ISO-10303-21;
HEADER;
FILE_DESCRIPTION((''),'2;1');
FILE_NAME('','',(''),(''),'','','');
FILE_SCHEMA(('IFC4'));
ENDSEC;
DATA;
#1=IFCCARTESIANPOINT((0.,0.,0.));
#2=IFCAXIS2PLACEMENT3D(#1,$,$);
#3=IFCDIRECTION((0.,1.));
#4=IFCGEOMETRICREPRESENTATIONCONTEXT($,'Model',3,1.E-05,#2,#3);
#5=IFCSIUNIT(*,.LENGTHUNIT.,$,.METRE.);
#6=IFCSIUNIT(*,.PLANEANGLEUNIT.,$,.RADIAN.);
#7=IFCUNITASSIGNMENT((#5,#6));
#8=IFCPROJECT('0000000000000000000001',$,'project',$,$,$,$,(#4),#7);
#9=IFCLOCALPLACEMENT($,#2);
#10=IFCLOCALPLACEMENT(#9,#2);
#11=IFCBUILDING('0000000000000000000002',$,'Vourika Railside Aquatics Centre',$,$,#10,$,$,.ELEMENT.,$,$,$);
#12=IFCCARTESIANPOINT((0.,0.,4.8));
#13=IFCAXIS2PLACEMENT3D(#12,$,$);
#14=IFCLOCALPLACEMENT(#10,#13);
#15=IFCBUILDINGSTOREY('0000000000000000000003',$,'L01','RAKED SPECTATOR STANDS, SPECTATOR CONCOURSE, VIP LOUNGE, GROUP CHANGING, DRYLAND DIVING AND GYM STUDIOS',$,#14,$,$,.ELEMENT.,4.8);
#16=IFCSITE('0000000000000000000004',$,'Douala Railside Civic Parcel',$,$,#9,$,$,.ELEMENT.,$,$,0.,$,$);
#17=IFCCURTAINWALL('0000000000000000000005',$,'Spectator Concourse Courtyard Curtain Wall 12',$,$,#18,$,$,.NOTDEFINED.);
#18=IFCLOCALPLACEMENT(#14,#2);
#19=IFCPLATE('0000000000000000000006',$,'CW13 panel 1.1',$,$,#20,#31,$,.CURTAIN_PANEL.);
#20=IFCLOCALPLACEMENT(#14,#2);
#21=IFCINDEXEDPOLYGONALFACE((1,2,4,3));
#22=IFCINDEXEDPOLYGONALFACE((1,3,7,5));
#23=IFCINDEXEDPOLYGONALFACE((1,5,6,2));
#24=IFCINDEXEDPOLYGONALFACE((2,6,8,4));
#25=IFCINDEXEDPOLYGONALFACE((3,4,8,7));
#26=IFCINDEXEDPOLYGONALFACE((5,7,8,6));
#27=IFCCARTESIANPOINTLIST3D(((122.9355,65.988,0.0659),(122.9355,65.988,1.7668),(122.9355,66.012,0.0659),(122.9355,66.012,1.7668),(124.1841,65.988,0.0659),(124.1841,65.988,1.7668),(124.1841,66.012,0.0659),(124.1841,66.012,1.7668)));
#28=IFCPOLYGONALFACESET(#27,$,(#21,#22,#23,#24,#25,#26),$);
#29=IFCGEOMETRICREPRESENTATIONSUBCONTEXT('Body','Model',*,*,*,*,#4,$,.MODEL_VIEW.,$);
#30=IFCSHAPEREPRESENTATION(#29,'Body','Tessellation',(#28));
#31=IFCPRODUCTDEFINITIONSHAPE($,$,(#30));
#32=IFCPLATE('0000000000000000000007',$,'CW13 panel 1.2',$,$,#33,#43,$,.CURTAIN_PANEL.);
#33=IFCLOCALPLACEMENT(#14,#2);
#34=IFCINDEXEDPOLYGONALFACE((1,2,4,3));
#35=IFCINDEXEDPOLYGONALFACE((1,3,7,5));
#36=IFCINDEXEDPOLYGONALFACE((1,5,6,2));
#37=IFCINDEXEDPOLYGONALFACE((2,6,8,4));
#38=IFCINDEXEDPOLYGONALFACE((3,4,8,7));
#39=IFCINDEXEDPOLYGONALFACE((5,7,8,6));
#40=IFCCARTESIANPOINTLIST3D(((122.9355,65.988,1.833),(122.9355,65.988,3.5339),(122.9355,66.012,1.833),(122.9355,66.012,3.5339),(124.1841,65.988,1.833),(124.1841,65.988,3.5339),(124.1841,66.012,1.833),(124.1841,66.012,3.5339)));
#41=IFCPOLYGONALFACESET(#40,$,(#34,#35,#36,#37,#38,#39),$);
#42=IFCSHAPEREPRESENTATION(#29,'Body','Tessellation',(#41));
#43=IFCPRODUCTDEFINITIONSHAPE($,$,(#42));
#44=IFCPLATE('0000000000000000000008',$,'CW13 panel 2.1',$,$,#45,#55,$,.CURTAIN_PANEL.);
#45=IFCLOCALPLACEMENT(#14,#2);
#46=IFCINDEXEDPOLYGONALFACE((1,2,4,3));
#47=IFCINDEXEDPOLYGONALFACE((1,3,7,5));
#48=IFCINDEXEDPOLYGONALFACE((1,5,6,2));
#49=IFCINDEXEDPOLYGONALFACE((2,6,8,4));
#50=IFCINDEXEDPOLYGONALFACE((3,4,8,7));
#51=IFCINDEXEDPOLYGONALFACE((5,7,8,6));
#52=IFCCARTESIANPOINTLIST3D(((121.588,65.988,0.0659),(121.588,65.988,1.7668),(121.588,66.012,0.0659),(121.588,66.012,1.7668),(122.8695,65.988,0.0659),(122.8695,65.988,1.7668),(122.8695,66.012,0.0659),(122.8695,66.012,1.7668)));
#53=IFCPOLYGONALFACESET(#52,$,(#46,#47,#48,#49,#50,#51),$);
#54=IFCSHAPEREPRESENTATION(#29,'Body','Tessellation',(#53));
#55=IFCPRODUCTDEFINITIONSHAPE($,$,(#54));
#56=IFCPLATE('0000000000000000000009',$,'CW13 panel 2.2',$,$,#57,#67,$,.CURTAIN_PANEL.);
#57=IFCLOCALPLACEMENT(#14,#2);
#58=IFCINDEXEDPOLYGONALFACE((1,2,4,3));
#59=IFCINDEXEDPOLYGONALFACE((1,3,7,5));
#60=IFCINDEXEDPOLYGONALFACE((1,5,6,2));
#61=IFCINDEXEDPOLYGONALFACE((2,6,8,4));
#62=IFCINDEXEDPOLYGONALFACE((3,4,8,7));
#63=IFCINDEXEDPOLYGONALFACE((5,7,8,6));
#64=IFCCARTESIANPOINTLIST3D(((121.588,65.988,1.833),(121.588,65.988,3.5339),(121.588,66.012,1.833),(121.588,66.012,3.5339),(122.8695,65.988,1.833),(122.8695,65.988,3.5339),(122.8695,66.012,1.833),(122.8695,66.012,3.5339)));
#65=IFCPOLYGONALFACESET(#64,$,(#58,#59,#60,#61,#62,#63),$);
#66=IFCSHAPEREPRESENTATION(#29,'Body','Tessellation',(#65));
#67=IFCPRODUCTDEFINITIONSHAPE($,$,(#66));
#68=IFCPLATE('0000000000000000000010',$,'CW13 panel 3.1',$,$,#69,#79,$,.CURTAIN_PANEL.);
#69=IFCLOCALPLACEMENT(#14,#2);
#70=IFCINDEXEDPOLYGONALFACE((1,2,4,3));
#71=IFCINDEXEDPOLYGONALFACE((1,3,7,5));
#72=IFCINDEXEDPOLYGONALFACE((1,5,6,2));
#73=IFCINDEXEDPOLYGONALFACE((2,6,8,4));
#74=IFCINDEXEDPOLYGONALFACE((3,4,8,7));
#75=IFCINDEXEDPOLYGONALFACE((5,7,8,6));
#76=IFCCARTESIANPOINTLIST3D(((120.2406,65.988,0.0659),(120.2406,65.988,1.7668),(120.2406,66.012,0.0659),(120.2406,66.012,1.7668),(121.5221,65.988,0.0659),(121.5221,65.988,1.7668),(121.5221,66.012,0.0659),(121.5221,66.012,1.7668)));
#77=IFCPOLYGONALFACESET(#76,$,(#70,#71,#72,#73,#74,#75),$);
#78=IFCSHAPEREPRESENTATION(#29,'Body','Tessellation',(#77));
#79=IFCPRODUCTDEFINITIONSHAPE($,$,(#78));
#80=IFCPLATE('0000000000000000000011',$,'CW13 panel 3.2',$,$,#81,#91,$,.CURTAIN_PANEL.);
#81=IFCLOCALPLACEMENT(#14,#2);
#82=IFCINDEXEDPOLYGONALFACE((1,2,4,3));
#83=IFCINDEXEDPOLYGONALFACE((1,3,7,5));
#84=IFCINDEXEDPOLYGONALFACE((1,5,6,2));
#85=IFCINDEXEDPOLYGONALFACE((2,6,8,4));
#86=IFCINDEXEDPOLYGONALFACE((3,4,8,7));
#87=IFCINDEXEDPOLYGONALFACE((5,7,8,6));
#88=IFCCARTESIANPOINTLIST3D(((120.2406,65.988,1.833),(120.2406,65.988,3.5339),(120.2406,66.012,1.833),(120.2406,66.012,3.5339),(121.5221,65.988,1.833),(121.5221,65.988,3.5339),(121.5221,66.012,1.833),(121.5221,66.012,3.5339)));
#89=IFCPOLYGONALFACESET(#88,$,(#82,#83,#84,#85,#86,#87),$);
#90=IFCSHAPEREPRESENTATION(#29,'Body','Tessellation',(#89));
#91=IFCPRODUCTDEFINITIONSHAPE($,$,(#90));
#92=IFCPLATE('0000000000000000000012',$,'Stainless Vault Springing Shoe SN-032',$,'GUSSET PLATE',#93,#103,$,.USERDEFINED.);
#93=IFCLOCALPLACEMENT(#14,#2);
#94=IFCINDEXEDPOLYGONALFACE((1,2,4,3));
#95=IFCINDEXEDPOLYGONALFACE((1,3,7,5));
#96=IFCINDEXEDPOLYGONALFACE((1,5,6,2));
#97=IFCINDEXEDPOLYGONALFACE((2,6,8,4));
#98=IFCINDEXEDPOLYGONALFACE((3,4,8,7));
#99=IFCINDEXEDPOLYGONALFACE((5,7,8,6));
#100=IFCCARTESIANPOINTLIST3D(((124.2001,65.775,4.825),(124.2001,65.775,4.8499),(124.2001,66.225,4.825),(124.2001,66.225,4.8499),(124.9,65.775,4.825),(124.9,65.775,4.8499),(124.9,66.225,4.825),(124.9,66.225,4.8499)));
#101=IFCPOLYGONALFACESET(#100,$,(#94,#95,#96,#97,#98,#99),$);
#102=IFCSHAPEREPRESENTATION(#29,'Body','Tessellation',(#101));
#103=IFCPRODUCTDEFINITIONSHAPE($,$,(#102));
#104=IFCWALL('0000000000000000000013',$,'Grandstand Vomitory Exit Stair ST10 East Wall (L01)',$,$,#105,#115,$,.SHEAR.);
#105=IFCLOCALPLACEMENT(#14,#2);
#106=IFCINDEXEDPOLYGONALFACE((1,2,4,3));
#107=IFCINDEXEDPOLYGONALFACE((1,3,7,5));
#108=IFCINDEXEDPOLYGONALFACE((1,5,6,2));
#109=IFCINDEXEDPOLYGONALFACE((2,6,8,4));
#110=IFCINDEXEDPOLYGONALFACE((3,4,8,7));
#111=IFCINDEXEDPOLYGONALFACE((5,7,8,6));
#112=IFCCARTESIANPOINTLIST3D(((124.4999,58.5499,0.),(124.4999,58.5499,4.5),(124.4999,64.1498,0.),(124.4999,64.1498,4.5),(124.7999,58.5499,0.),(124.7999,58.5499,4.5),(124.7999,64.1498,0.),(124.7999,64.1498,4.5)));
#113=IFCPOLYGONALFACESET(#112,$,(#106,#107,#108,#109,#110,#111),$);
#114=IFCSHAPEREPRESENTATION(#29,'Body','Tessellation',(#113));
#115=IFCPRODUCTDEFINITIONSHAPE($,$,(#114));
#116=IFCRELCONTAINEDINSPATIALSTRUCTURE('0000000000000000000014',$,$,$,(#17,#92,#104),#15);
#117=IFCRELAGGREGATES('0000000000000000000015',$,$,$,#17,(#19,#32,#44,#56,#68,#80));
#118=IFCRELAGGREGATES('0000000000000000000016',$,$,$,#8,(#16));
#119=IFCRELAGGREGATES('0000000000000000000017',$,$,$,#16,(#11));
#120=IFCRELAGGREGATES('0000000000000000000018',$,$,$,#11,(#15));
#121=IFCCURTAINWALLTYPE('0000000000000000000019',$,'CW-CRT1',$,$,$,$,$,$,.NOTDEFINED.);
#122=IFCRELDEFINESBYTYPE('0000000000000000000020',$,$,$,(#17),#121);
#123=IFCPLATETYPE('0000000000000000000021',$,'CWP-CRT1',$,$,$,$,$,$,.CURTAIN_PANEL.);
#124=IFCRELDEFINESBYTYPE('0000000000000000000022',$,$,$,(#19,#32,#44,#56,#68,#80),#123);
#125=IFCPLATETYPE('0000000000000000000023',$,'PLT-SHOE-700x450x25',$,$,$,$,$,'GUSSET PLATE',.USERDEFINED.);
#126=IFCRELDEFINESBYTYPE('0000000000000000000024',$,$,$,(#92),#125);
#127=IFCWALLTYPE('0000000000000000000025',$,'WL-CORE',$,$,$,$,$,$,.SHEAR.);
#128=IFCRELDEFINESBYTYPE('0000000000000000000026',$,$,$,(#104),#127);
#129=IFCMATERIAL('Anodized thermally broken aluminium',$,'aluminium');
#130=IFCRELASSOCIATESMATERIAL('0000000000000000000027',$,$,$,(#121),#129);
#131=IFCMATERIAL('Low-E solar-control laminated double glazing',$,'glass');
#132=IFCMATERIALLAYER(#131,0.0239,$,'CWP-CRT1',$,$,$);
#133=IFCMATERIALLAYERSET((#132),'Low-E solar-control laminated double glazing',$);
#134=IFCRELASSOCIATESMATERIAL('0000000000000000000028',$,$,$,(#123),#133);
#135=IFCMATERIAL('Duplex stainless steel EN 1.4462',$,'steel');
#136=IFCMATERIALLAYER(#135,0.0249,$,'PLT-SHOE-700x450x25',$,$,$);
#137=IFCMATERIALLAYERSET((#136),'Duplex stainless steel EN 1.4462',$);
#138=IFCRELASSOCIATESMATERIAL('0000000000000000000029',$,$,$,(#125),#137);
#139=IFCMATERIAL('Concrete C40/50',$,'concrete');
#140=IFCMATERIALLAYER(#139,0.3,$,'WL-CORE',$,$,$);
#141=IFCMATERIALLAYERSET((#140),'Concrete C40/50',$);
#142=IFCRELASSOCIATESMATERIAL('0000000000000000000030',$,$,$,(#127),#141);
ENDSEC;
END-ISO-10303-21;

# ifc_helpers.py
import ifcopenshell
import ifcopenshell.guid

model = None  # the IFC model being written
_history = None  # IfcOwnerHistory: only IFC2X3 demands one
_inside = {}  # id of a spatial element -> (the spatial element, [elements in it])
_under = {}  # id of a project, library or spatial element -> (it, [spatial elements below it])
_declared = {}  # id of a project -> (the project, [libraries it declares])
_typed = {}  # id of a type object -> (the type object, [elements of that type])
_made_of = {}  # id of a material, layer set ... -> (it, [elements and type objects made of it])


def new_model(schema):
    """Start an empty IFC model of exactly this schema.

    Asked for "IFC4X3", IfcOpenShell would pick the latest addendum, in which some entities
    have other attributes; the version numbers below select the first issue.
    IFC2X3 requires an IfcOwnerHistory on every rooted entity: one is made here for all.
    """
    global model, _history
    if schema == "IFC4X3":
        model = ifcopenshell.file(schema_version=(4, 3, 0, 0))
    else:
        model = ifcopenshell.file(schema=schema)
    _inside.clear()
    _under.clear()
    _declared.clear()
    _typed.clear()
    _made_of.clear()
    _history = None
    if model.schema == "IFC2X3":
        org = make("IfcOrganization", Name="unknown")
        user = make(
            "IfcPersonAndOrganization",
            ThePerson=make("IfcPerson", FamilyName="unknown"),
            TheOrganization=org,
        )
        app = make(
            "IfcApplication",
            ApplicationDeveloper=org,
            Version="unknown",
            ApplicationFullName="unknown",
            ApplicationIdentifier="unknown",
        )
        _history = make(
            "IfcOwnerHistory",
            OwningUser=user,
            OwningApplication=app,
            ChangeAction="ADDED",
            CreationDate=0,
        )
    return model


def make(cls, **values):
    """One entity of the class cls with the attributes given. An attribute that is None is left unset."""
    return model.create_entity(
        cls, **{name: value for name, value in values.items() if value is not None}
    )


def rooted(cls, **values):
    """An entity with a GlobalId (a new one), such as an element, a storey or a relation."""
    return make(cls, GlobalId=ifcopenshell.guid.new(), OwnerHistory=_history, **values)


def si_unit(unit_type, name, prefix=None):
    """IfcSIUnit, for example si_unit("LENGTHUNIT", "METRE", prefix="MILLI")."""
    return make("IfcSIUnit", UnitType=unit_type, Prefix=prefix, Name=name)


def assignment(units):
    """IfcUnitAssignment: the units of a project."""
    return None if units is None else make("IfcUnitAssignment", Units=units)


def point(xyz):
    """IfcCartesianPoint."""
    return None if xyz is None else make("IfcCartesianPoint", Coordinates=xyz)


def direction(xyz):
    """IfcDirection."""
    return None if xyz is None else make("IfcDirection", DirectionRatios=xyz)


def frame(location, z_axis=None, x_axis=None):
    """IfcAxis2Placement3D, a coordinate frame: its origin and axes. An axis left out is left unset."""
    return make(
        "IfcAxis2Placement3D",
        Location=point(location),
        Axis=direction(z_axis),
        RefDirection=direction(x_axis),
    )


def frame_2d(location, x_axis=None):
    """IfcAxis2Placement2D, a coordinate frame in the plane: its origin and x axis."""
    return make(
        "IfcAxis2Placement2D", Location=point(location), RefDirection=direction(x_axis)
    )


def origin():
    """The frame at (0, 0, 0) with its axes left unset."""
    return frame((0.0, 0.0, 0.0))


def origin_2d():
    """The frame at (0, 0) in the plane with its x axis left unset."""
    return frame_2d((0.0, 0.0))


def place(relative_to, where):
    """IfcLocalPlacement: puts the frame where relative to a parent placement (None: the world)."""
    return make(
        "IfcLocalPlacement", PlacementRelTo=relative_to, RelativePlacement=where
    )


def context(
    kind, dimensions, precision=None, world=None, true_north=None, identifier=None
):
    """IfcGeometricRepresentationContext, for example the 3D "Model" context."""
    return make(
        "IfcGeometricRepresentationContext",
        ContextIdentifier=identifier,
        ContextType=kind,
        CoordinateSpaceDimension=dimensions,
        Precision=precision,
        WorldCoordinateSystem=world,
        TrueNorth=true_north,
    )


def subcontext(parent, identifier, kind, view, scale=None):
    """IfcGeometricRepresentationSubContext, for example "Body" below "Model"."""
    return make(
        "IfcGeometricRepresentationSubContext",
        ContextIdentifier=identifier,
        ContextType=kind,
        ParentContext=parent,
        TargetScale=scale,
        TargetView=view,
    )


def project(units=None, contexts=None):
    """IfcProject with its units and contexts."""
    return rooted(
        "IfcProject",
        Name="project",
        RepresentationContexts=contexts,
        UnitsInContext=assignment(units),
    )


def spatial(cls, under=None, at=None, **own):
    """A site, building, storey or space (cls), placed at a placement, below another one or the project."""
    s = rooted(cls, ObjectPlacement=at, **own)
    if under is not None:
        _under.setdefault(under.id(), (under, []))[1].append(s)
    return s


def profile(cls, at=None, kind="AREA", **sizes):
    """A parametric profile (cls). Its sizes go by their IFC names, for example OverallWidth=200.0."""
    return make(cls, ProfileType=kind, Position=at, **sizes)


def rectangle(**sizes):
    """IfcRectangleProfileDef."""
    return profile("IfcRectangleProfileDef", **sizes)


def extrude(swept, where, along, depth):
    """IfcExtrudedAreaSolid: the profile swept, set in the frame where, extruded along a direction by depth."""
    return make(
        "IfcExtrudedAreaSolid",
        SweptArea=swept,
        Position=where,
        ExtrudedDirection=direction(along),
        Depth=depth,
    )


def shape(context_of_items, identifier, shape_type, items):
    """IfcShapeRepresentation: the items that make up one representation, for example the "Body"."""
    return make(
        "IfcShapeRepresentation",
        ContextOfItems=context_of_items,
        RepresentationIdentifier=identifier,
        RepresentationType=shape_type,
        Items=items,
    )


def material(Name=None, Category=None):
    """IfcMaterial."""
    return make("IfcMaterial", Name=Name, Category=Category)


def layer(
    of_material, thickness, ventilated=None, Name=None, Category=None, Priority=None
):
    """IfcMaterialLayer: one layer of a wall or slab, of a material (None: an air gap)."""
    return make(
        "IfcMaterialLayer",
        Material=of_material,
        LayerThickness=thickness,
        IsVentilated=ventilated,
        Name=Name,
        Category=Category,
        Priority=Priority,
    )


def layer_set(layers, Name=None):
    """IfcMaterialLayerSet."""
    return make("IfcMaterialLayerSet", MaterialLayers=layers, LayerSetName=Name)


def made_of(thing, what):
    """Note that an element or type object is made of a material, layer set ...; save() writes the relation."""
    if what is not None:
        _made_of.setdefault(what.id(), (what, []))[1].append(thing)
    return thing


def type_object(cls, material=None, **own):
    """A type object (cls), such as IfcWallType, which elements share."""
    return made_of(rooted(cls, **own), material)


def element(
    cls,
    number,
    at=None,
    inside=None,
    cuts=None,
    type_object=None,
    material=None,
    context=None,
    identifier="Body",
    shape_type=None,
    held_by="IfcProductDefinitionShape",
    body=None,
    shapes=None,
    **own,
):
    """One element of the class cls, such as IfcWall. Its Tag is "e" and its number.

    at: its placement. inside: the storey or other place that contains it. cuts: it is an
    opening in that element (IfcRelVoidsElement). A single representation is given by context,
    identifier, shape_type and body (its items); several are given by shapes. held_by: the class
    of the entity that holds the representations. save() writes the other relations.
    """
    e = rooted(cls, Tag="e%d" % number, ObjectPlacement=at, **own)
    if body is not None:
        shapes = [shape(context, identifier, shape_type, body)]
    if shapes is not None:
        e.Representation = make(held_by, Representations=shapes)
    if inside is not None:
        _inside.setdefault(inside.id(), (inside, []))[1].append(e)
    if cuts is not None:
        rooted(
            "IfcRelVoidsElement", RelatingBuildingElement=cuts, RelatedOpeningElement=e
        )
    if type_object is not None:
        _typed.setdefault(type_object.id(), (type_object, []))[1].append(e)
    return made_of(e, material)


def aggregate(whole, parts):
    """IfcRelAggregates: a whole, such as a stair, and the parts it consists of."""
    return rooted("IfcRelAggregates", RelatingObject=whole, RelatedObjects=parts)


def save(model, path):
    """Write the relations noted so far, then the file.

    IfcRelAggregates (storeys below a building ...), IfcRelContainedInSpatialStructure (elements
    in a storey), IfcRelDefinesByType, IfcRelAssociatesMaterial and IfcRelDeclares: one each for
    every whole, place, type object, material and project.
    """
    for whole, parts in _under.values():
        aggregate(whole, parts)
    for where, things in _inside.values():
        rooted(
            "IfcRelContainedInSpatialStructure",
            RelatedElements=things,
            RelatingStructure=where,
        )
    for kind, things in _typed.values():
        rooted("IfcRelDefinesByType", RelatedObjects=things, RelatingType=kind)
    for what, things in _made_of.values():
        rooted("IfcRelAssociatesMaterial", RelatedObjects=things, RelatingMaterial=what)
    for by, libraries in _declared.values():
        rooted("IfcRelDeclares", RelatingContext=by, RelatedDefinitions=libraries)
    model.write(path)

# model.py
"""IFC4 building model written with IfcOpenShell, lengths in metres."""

from ifc_helpers import new_model, si_unit, direction, frame, frame_2d, origin, origin_2d, place, context, subcontext, project, spatial, rectangle, extrude, material, layer, layer_set, type_object, element, aggregate, save


model = new_model("IFC4")

# Units and contexts
model_context = context("Model", 3, precision=1e-05, world=origin(), true_north=direction((0.0, 1.0)))
body_context = subcontext(model_context, "Body", "Model", "MODEL_VIEW")
ifc_project = project(units=[si_unit("LENGTHUNIT", "METRE"), si_unit("PLANEANGLEUNIT", "RADIAN")], contexts=[model_context])

# Site, building, storey
site_placement = place(None, origin())
site = spatial("IfcSite", under=ifc_project, at=site_placement, Name="Douala Railside Civic Parcel", CompositionType="ELEMENT", RefElevation=0.0)
building_placement = place(site_placement, origin())
building = spatial("IfcBuilding", under=site, at=building_placement, Name="Vourika Railside Aquatics Centre", CompositionType="ELEMENT")
storey_placement = place(building_placement, frame((0.0, 0.0, 4.8)))
storey = spatial("IfcBuildingStorey", under=building, at=storey_placement, Name="L01", Description="RAKED SPECTATOR STANDS, SPECTATOR CONCOURSE, VIP LOUNGE, GROUP CHANGING, DRYLAND DIVING AND GYM STUDIOS", CompositionType="ELEMENT", Elevation=4.8)

# Curtain wall, plates
ifc_material_1 = material(Name="Anodized thermally broken aluminium", Category="aluminium")
curtain_wall_type = type_object("IfcCurtainWallType", Name="CW-CRT1", PredefinedType="NOTDEFINED", material=ifc_material_1)
curtain_wall_placement = place(storey_placement, origin())
curtain_wall = element("IfcCurtainWall", 1, at=curtain_wall_placement, inside=storey, type_object=curtain_wall_type, Name="Spectator Concourse Courtyard Curtain Wall 12", PredefinedType="NOTDEFINED")
ifc_material_2 = material(Name="Low-E solar-control laminated double glazing", Category="glass")
ifc_layer_1 = layer(ifc_material_2, 0.0239, Name="CWP-CRT1")
ifc_layer_set_1 = layer_set([ifc_layer_1], Name="Low-E solar-control laminated double glazing")
plate_type_1 = type_object("IfcPlateType", Name="CWP-CRT1", PredefinedType="CURTAIN_PANEL", material=ifc_layer_set_1)
plate_1_placement = place(storey_placement, frame((123.5598, 66.0, 0.0659), z_axis=(0.0, 0.0, 1.0), x_axis=(-1.0, 0.0, 0.0)))
plate_1 = element("IfcPlate", 2, at=plate_1_placement, type_object=plate_type_1, Name="CW13 panel 1.1", PredefinedType="CURTAIN_PANEL", context=body_context, shape_type="SweptSolid", body=[
    extrude(rectangle(XDim=1.2485, YDim=0.0239, at=origin_2d()), origin(), (0.0, 0.0, 1.0), 1.7009),
])
plate_2_placement = place(storey_placement, frame((123.5598, 66.0, 1.833), z_axis=(0.0, 0.0, 1.0), x_axis=(-1.0, 0.0, 0.0)))
plate_2 = element("IfcPlate", 3, at=plate_2_placement, type_object=plate_type_1, Name="CW13 panel 1.2", PredefinedType="CURTAIN_PANEL", context=body_context, shape_type="SweptSolid", body=[
    extrude(rectangle(XDim=1.2485, YDim=0.0239, at=origin_2d()), origin(), (0.0, 0.0, 1.0), 1.7009),
])
plate_3_placement = place(storey_placement, frame((122.2288, 66.0, 0.0659), z_axis=(0.0, 0.0, 1.0), x_axis=(-1.0, 0.0, 0.0)))
plate_3 = element("IfcPlate", 4, at=plate_3_placement, type_object=plate_type_1, Name="CW13 panel 2.1", PredefinedType="CURTAIN_PANEL", context=body_context, shape_type="SweptSolid", body=[
    extrude(rectangle(XDim=1.2815, YDim=0.0239, at=origin_2d()), origin(), (0.0, 0.0, 1.0), 1.7009),
])
plate_4_placement = place(storey_placement, frame((122.2288, 66.0, 1.833), z_axis=(0.0, 0.0, 1.0), x_axis=(-1.0, 0.0, 0.0)))
plate_4 = element("IfcPlate", 5, at=plate_4_placement, type_object=plate_type_1, Name="CW13 panel 2.2", PredefinedType="CURTAIN_PANEL", context=body_context, shape_type="SweptSolid", body=[
    extrude(rectangle(XDim=1.2815, YDim=0.0239, at=origin_2d()), origin(), (0.0, 0.0, 1.0), 1.7009),
])
plate_5_placement = place(storey_placement, frame((120.8813, 66.0, 0.0659), z_axis=(0.0, 0.0, 1.0), x_axis=(-1.0, 0.0, 0.0)))
plate_5 = element("IfcPlate", 6, at=plate_5_placement, type_object=plate_type_1, Name="CW13 panel 3.1", PredefinedType="CURTAIN_PANEL", context=body_context, shape_type="SweptSolid", body=[
    extrude(rectangle(XDim=1.2815, YDim=0.0239, at=origin_2d()), origin(), (0.0, 0.0, 1.0), 1.7009),
])
plate_6_placement = place(storey_placement, frame((120.8813, 66.0, 1.833), z_axis=(0.0, 0.0, 1.0), x_axis=(-1.0, 0.0, 0.0)))
plate_6 = element("IfcPlate", 7, at=plate_6_placement, type_object=plate_type_1, Name="CW13 panel 3.2", PredefinedType="CURTAIN_PANEL", context=body_context, shape_type="SweptSolid", body=[
    extrude(rectangle(XDim=1.2815, YDim=0.0239, at=origin_2d()), origin(), (0.0, 0.0, 1.0), 1.7009),
])
aggregate(curtain_wall, [plate_1, plate_2, plate_3, plate_4, plate_5, plate_6])

# Plate
ifc_material_3 = material(Name="Duplex stainless steel EN 1.4462", Category="steel")
ifc_layer_2 = layer(ifc_material_3, 0.0249, Name="PLT-SHOE-700x450x25")
ifc_layer_set_2 = layer_set([ifc_layer_2], Name="Duplex stainless steel EN 1.4462")
plate_type_2 = type_object("IfcPlateType", Name="PLT-SHOE-700x450x25", ElementType="GUSSET PLATE", PredefinedType="USERDEFINED", material=ifc_layer_set_2)
plate_7_placement = place(storey_placement, frame((124.55, 66.0, 4.825), z_axis=(0.0, 0.0, 1.0), x_axis=(1.0, 0.0, 0.0)))
element("IfcPlate", 8, at=plate_7_placement, inside=storey, type_object=plate_type_2, Name="Stainless Vault Springing Shoe SN-032", ObjectType="GUSSET PLATE", PredefinedType="USERDEFINED", context=body_context, shape_type="SweptSolid", body=[
    extrude(rectangle(XDim=0.7, YDim=0.45, at=origin_2d()), origin(), (0.0, 0.0, 1.0), 0.0249),
])

# Wall
ifc_material_4 = material(Name="Concrete C40/50", Category="concrete")
ifc_layer_3 = layer(ifc_material_4, 0.3, Name="WL-CORE")
ifc_layer_set_3 = layer_set([ifc_layer_3], Name="Concrete C40/50")
wall_type = type_object("IfcWallType", Name="WL-CORE", PredefinedType="SHEAR", material=ifc_layer_set_3)
wall_placement = place(storey_placement, frame((124.6499, 58.55, 0.0), z_axis=(0.0, 0.0, 1.0), x_axis=(0.0, 1.0, 0.0)))
element("IfcWall", 9, at=wall_placement, inside=storey, type_object=wall_type, Name="Grandstand Vomitory Exit Stair ST10 East Wall (L01)", PredefinedType="SHEAR", context=body_context, shape_type="SweptSolid", body=[
    extrude(rectangle(XDim=5.5999, YDim=0.3, at=frame_2d((2.7998, 0.0))), origin(), (0.0, 0.0, 1.0), 4.5),
])

save(model, "model.ifc")
